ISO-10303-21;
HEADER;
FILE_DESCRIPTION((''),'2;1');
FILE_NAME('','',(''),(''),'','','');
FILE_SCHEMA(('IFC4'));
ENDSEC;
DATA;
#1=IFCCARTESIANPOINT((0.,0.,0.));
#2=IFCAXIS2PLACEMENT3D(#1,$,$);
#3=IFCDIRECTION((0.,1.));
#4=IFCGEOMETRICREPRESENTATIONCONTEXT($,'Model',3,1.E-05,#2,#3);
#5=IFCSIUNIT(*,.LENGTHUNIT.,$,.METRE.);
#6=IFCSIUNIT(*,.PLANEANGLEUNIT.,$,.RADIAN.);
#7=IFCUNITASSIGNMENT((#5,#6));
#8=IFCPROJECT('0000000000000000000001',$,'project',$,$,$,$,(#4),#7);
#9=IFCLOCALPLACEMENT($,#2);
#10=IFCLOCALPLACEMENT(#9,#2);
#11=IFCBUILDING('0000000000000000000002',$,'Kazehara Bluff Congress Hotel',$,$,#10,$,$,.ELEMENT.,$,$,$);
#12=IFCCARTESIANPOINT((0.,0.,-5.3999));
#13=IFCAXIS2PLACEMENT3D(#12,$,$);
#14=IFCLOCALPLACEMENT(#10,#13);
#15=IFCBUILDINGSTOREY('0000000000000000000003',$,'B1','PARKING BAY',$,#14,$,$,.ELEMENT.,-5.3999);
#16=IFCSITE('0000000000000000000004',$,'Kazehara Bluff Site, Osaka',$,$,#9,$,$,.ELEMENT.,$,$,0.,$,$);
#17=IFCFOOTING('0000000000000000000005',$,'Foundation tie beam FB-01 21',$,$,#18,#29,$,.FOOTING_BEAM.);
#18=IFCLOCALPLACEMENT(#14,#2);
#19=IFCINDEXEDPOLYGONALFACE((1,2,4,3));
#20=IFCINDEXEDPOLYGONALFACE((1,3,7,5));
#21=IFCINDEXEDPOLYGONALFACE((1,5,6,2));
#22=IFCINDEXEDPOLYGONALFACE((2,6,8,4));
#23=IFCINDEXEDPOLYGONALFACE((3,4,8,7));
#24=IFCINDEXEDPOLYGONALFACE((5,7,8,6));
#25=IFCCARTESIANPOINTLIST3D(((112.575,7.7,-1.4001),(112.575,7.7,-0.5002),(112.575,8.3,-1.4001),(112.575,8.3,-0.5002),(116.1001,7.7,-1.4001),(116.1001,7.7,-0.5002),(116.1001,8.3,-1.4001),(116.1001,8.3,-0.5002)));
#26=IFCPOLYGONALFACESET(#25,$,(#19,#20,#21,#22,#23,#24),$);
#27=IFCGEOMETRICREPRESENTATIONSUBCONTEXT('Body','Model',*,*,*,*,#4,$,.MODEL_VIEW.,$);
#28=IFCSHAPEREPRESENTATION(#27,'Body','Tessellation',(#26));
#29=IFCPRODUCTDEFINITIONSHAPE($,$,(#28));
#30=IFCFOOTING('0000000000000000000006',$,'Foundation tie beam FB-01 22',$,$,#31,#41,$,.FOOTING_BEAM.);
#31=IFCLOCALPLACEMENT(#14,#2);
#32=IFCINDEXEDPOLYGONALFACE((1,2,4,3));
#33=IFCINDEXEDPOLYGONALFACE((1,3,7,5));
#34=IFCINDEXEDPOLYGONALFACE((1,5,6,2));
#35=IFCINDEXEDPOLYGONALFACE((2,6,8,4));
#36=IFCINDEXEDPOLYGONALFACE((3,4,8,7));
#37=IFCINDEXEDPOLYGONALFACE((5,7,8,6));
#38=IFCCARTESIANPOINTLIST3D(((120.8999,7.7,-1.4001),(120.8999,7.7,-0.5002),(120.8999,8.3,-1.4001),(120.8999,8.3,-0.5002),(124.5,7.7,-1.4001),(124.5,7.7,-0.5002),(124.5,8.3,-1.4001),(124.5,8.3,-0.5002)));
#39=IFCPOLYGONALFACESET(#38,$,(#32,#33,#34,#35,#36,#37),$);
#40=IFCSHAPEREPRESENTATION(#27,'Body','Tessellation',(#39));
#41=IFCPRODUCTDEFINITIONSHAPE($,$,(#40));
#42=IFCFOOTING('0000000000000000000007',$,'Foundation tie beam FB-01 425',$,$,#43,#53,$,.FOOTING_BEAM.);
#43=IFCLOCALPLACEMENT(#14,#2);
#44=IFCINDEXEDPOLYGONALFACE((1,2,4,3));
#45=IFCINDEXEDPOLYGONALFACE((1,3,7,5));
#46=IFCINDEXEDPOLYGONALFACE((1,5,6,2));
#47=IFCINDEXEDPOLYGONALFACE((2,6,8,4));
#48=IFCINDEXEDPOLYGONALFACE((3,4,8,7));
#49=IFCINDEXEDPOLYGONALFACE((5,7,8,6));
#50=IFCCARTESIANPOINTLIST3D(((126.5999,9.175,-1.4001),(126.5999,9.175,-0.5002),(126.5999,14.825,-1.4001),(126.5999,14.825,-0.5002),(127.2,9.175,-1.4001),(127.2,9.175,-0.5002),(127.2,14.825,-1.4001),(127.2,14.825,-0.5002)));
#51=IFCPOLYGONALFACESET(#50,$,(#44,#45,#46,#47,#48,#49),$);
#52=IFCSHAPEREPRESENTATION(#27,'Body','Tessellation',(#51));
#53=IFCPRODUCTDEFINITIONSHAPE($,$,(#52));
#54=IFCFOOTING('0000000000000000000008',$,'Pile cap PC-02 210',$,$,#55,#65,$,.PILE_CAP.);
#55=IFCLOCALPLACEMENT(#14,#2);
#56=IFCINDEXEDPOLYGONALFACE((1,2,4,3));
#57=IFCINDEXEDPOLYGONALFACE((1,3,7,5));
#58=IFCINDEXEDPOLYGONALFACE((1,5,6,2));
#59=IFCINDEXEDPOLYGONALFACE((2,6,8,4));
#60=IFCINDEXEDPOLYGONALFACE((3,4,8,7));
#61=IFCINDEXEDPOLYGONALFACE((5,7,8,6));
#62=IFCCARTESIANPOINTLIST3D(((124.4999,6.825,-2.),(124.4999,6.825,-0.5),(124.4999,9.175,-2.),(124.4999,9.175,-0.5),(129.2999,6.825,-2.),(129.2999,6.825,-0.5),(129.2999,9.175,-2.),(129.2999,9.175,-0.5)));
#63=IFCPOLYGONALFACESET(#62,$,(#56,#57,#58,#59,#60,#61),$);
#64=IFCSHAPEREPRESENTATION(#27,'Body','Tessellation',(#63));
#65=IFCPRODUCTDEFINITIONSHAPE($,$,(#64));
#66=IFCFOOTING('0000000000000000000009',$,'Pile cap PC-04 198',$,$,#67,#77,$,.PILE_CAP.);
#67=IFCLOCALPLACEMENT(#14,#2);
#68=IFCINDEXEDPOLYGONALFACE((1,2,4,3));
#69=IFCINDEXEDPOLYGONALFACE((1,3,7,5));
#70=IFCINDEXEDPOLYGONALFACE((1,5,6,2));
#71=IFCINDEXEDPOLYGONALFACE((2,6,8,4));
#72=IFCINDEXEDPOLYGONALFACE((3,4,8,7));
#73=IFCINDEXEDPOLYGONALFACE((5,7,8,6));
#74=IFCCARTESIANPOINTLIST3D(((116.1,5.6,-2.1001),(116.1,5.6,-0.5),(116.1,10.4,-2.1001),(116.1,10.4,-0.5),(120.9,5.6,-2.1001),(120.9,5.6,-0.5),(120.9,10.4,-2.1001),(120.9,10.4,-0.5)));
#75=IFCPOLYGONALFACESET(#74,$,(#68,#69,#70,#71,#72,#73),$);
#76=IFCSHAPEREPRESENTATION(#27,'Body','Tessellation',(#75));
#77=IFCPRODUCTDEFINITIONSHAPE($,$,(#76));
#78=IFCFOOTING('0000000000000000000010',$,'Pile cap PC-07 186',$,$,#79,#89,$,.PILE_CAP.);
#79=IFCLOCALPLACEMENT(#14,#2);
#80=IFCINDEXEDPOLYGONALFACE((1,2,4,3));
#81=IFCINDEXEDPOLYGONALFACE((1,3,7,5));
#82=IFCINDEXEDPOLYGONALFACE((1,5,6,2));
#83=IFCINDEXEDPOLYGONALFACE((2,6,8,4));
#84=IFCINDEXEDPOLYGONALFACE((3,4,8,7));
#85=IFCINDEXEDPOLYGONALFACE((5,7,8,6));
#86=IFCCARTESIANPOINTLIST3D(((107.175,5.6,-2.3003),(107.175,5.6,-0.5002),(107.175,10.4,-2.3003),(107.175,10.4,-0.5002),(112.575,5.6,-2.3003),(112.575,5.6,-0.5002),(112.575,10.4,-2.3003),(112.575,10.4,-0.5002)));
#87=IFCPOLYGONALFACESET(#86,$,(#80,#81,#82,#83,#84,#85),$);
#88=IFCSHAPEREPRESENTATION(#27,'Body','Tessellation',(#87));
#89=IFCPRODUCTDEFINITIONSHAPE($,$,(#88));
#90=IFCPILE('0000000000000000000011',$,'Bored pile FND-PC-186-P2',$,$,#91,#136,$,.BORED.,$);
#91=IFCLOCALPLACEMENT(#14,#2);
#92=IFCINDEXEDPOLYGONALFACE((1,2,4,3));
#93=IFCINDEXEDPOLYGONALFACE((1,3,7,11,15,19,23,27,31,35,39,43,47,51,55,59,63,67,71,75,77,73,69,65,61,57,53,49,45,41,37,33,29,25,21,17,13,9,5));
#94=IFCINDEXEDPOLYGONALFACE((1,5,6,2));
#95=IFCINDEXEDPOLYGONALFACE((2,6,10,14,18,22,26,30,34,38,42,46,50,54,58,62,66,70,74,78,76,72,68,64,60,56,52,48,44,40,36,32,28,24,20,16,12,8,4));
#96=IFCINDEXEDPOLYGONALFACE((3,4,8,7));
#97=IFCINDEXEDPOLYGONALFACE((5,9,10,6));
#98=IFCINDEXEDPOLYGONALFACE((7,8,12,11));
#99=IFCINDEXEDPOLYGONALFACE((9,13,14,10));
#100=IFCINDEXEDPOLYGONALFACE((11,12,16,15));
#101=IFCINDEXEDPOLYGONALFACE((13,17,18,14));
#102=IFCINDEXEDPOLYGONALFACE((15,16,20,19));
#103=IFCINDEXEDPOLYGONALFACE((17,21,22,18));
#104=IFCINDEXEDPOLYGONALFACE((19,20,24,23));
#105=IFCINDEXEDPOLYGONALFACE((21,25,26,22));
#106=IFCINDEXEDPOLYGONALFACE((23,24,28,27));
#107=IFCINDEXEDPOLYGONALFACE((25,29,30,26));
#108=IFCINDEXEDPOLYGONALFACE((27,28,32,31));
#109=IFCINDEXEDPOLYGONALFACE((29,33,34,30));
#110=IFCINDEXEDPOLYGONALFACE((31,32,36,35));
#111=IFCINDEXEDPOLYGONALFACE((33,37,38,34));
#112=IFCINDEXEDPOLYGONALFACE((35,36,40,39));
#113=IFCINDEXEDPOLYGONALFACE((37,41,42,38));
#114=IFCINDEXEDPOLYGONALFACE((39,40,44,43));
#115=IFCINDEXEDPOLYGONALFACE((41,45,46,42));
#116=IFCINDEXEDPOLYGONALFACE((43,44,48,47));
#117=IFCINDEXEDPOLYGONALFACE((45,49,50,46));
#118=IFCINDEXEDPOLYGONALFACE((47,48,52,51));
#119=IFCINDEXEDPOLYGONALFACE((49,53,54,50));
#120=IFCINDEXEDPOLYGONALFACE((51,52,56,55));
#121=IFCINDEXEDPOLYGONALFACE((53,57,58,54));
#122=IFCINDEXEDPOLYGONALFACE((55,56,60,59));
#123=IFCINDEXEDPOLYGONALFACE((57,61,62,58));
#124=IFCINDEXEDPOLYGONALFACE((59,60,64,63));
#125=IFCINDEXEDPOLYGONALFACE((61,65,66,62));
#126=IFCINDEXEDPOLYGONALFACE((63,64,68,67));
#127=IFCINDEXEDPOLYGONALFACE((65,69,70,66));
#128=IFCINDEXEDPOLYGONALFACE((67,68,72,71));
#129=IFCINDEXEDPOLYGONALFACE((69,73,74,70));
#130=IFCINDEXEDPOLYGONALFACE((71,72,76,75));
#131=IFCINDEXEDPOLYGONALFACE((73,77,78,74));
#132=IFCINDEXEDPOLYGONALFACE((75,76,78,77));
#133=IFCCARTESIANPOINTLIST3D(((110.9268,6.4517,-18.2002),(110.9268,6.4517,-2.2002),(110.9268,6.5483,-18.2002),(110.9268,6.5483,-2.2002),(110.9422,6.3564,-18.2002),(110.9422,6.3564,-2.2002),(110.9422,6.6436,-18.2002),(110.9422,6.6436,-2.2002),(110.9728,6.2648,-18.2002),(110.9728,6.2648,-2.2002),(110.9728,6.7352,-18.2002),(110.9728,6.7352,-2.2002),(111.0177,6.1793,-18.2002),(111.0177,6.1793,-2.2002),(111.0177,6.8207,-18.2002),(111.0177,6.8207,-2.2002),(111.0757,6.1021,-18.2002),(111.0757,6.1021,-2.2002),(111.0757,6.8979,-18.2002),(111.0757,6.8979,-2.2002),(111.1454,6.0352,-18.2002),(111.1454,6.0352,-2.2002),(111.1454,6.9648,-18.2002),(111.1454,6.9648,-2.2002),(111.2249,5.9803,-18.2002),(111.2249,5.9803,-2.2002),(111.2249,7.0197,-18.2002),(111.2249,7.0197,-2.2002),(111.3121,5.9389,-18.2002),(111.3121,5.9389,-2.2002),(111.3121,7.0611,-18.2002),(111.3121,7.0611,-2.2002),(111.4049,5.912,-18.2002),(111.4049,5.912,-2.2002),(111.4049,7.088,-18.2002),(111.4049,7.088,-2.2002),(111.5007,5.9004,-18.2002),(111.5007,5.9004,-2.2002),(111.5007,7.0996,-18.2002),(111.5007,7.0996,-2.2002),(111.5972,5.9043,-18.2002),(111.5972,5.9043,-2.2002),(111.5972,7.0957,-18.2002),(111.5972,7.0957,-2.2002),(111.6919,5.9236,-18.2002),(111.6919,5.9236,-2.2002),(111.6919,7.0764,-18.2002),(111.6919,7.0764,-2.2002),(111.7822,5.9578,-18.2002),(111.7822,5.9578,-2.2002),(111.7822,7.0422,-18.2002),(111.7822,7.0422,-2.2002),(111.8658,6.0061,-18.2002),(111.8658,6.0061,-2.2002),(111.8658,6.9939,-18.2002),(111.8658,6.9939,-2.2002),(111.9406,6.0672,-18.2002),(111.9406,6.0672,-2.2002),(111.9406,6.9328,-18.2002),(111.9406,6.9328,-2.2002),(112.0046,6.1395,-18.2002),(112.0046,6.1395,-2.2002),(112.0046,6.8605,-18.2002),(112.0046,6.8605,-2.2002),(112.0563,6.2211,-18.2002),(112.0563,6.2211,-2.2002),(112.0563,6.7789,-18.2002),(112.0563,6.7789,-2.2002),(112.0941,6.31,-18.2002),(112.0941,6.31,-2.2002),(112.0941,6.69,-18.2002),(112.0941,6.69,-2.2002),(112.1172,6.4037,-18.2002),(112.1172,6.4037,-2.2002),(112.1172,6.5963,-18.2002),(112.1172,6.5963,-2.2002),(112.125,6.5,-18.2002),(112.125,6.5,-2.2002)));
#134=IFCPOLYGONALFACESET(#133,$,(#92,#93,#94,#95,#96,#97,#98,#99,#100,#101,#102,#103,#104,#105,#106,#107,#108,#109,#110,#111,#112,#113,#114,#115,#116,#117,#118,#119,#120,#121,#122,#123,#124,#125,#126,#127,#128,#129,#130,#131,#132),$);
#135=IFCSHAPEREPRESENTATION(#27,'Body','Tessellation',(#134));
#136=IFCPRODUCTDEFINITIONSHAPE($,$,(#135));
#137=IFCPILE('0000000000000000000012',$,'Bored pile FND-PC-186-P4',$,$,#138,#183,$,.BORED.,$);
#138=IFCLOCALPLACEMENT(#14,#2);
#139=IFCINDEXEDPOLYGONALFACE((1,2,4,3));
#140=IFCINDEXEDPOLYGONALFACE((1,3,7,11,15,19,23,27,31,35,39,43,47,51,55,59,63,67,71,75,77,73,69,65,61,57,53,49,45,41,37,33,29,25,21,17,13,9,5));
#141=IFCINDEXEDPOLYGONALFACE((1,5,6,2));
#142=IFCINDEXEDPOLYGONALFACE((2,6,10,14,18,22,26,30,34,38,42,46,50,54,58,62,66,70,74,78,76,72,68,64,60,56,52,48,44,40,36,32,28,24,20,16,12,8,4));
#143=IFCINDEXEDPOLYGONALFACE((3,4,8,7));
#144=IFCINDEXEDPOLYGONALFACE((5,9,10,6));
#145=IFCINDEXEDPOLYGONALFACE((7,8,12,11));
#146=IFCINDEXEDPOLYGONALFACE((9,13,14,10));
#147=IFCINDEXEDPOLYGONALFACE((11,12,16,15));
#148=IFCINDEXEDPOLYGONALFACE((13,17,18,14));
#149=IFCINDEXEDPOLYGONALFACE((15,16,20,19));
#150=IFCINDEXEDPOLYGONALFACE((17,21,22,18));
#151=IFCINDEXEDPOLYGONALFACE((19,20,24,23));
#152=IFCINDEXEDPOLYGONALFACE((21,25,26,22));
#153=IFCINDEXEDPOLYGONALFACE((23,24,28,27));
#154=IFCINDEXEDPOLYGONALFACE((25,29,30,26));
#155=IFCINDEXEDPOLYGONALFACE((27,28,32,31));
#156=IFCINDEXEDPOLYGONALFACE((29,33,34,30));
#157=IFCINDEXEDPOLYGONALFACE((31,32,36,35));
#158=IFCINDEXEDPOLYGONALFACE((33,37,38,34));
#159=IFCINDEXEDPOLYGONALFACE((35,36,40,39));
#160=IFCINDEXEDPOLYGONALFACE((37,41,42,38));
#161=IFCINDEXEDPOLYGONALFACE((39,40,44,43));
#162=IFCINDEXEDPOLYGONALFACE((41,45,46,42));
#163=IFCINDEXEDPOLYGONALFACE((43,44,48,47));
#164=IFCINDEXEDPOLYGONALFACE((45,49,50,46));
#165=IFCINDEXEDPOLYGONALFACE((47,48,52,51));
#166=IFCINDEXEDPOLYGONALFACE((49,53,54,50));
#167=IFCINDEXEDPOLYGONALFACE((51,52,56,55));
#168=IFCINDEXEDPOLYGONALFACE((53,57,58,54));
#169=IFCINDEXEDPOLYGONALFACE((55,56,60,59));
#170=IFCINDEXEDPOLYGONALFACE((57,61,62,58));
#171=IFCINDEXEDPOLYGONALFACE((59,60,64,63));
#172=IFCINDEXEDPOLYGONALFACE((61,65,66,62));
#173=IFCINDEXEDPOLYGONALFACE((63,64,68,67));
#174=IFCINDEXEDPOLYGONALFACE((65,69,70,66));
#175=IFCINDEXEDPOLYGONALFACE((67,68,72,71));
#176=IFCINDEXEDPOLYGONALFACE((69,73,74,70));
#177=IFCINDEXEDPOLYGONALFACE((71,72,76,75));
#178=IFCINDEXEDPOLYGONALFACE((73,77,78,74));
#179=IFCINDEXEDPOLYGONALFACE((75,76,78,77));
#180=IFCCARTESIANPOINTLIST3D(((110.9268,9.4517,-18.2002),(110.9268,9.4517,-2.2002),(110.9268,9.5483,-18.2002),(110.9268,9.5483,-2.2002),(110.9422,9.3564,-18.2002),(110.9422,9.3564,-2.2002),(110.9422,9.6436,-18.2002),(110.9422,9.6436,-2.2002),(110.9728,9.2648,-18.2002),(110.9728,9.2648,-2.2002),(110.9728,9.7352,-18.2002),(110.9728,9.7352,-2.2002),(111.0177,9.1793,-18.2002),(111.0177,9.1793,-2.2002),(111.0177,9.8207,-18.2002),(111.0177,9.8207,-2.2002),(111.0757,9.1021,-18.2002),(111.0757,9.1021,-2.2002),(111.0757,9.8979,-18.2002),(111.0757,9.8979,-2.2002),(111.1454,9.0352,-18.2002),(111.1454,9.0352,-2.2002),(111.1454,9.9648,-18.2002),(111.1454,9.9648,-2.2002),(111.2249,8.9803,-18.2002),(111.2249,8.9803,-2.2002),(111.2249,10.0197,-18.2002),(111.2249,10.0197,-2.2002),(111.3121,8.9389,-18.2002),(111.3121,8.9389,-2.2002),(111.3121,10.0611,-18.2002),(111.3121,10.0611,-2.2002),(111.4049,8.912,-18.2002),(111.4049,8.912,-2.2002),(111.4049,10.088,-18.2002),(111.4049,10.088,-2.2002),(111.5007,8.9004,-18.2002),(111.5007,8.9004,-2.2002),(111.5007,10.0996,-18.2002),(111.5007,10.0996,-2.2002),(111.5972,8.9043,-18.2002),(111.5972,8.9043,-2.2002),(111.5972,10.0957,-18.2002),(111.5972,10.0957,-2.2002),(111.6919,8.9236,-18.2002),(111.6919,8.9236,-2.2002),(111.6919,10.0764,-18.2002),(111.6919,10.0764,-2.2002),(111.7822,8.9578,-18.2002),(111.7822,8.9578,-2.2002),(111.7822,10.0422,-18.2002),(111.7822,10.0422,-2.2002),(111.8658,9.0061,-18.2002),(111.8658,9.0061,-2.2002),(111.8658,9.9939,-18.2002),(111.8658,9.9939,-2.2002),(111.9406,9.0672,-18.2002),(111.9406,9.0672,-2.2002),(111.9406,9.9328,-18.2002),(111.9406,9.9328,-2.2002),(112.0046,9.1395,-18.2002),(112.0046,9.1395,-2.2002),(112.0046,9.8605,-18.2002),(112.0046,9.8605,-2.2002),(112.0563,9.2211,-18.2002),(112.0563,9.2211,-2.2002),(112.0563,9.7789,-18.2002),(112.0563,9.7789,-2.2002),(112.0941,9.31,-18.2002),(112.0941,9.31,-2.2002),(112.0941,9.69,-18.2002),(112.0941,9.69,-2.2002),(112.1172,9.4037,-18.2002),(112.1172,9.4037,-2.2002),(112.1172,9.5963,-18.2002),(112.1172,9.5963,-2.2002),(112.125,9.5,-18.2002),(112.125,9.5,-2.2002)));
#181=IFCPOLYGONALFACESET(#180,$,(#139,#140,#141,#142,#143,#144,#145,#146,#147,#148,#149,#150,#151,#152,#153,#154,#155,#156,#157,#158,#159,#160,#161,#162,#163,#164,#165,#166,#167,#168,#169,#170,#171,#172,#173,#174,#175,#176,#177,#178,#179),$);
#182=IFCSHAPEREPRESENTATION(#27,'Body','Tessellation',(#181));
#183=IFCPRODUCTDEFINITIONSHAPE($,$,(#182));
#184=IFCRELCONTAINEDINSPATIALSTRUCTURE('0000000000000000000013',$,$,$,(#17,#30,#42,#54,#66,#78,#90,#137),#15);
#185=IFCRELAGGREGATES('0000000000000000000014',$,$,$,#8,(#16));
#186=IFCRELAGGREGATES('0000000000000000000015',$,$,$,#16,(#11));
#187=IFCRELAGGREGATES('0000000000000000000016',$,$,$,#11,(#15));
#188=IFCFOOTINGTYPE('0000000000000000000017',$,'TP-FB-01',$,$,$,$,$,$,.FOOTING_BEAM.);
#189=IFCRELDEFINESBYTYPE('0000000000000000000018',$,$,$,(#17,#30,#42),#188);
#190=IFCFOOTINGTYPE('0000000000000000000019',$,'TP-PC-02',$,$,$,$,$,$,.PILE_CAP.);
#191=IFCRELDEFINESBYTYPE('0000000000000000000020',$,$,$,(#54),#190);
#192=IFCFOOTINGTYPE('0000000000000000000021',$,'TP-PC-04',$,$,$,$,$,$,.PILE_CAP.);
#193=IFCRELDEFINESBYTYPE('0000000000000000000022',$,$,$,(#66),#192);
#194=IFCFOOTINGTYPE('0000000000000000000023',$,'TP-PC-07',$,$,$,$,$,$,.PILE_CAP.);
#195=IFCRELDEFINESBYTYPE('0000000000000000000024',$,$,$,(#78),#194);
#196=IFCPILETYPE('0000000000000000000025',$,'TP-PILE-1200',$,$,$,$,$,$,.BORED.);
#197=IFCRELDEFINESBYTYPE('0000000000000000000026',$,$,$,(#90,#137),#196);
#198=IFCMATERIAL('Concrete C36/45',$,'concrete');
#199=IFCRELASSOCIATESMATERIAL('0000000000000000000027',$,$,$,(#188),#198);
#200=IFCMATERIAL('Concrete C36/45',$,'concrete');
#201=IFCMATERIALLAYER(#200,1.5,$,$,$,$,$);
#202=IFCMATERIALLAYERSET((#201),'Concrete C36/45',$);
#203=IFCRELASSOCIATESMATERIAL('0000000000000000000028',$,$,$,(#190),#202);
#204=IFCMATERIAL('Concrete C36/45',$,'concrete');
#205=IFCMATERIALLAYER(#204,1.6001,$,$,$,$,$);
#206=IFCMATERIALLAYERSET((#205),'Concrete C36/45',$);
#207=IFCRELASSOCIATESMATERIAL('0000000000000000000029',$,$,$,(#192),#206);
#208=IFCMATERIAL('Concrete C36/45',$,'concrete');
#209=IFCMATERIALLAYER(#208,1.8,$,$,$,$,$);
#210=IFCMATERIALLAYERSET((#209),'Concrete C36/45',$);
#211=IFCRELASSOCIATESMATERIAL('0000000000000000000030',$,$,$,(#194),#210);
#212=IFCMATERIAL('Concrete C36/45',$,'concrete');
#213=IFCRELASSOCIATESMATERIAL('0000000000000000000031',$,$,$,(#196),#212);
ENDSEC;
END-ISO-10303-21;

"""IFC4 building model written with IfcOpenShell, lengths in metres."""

from ifc_helpers import new_model, si_unit, direction, frame, origin, origin_2d, place, context, subcontext, project, spatial, rectangle, circle, extrude, material, layer, layer_set, material_profile, profile_set, type_object, element, save


model = new_model("IFC4")

# Units and contexts
model_context = context("Model", 3, precision=1e-05, world=origin(), true_north=direction((0.0, 1.0)))
body_context = subcontext(model_context, "Body", "Model", "MODEL_VIEW")
ifc_project = project(units=[si_unit("LENGTHUNIT", "METRE"), si_unit("PLANEANGLEUNIT", "RADIAN")], contexts=[model_context])

# Site, building, storey
site_placement = place(None, origin())
site = spatial("IfcSite", under=ifc_project, at=site_placement, Name="Kazehara Bluff Site, Osaka", CompositionType="ELEMENT", RefElevation=0.0)
building_placement = place(site_placement, origin())
building = spatial("IfcBuilding", under=site, at=building_placement, Name="Kazehara Bluff Congress Hotel", CompositionType="ELEMENT")
storey_placement = place(building_placement, frame((0.0, 0.0, -5.3999)))
storey = spatial("IfcBuildingStorey", under=building, at=storey_placement, Name="B1", Description="PARKING BAY", CompositionType="ELEMENT", Elevation=-5.3999)

# Footings
ifc_material_1 = material(Name="Concrete C36/45", Category="concrete")
ifc_material_profile_1 = material_profile(ifc_material_1, rectangle(XDim=0.6001, YDim=0.8999, at=origin_2d()))
ifc_profile_set_1 = profile_set([ifc_material_profile_1], Name="Concrete C36/45")
footing_type_1 = type_object("IfcFootingType", Name="TP-FB-01", PredefinedType="FOOTING_BEAM", material=ifc_profile_set_1)
footing_1_placement = place(storey_placement, frame((112.575, 8.0, -0.9502), z_axis=(1.0, 0.0, 0.0), x_axis=(0.0, 1.0, 0.0)))
element("IfcFooting", 1, at=footing_1_placement, inside=storey, type_object=footing_type_1, Name="Foundation tie beam FB-01 21", PredefinedType="FOOTING_BEAM", context=body_context, shape_type="SweptSolid", body=[
    extrude(rectangle(XDim=0.6001, YDim=0.8999, at=origin_2d()), origin(), (0.0, 0.0, 1.0), 3.5251),
])
footing_2_placement = place(storey_placement, frame((120.8999, 8.0, -0.9502), z_axis=(1.0, 0.0, 0.0), x_axis=(0.0, 1.0, 0.0)))
element("IfcFooting", 2, at=footing_2_placement, inside=storey, type_object=footing_type_1, Name="Foundation tie beam FB-01 22", PredefinedType="FOOTING_BEAM", context=body_context, shape_type="SweptSolid", body=[
    extrude(rectangle(XDim=0.6001, YDim=0.8999, at=origin_2d()), origin(), (0.0, 0.0, 1.0), 3.6001),
])
footing_3_placement = place(storey_placement, frame((126.8999, 9.175, -0.9502), z_axis=(0.0, 1.0, 0.0), x_axis=(-1.0, 0.0, 0.0)))
element("IfcFooting", 3, at=footing_3_placement, inside=storey, type_object=footing_type_1, Name="Foundation tie beam FB-01 425", PredefinedType="FOOTING_BEAM", context=body_context, shape_type="SweptSolid", body=[
    extrude(rectangle(XDim=0.6001, YDim=0.8999, at=origin_2d()), origin(), (0.0, 0.0, 1.0), 5.6499),
])
ifc_material_2 = material(Name="Concrete C36/45", Category="concrete")
ifc_layer_1 = layer(ifc_material_2, 1.5)
ifc_layer_set_1 = layer_set([ifc_layer_1], Name="Concrete C36/45")
footing_type_2 = type_object("IfcFootingType", Name="TP-PC-02", PredefinedType="PILE_CAP", material=ifc_layer_set_1)
footing_4_placement = place(storey_placement, frame((126.8999, 8.0, -2.0), z_axis=(0.0, 0.0, 1.0), x_axis=(1.0, 0.0, 0.0)))
element("IfcFooting", 4, at=footing_4_placement, inside=storey, type_object=footing_type_2, Name="Pile cap PC-02 210", PredefinedType="PILE_CAP", context=body_context, shape_type="SweptSolid", body=[
    extrude(rectangle(XDim=4.8, YDim=2.3501, at=origin_2d()), origin(), (0.0, 0.0, 1.0), 1.5),
])
ifc_material_3 = material(Name="Concrete C36/45", Category="concrete")
ifc_layer_2 = layer(ifc_material_3, 1.6001)
ifc_layer_set_2 = layer_set([ifc_layer_2], Name="Concrete C36/45")
footing_type_3 = type_object("IfcFootingType", Name="TP-PC-04", PredefinedType="PILE_CAP", material=ifc_layer_set_2)
footing_5_placement = place(storey_placement, frame((118.5, 8.0, -2.1001), z_axis=(0.0, 0.0, 1.0), x_axis=(1.0, 0.0, 0.0)))
element("IfcFooting", 5, at=footing_5_placement, inside=storey, type_object=footing_type_3, Name="Pile cap PC-04 198", PredefinedType="PILE_CAP", context=body_context, shape_type="SweptSolid", body=[
    extrude(rectangle(XDim=4.8, YDim=4.8, at=origin_2d()), origin(), (0.0, 0.0, 1.0), 1.6001),
])
ifc_material_4 = material(Name="Concrete C36/45", Category="concrete")
ifc_layer_3 = layer(ifc_material_4, 1.8)
ifc_layer_set_3 = layer_set([ifc_layer_3], Name="Concrete C36/45")
footing_type_4 = type_object("IfcFootingType", Name="TP-PC-07", PredefinedType="PILE_CAP", material=ifc_layer_set_3)
footing_6_placement = place(storey_placement, frame((109.875, 8.0, -2.3003), z_axis=(0.0, 0.0, 1.0), x_axis=(1.0, 0.0, 0.0)))
element("IfcFooting", 6, at=footing_6_placement, inside=storey, type_object=footing_type_4, Name="Pile cap PC-07 186", PredefinedType="PILE_CAP", context=body_context, shape_type="SweptSolid", body=[
    extrude(rectangle(XDim=5.3999, YDim=4.8, at=origin_2d()), origin(), (0.0, 0.0, 1.0), 1.8),
])

# Piles
ifc_material_5 = material(Name="Concrete C36/45", Category="concrete")
ifc_material_profile_2 = material_profile(ifc_material_5, circle(Radius=0.6001, at=origin_2d()))
ifc_profile_set_2 = profile_set([ifc_material_profile_2], Name="Concrete C36/45")
pile_type = type_object("IfcPileType", Name="TP-PILE-1200", PredefinedType="BORED", material=ifc_profile_set_2)
for number, where, z_axis, x_axis, name in (
    (7, (111.5249, 6.5, -2.2002), (0.0, 0.0, -1.0), (1.0, 0.0, 0.0), "Bored pile FND-PC-186-P2"),
    (8, (111.5249, 9.5, -2.2002), (0.0, 0.0, -1.0), (1.0, 0.0, 0.0), "Bored pile FND-PC-186-P4"),
):
    element("IfcPile", number, at=place(storey_placement, frame(where, z_axis=z_axis, x_axis=x_axis)), inside=storey, type_object=pile_type, Name=name, PredefinedType="BORED", context=body_context, shape_type="SweptSolid", body=[
        extrude(circle(Radius=0.6001, at=origin_2d()), origin(), (0.0, 0.0, 1.0), 16.0),
    ])

save(model, "model.ifc")
